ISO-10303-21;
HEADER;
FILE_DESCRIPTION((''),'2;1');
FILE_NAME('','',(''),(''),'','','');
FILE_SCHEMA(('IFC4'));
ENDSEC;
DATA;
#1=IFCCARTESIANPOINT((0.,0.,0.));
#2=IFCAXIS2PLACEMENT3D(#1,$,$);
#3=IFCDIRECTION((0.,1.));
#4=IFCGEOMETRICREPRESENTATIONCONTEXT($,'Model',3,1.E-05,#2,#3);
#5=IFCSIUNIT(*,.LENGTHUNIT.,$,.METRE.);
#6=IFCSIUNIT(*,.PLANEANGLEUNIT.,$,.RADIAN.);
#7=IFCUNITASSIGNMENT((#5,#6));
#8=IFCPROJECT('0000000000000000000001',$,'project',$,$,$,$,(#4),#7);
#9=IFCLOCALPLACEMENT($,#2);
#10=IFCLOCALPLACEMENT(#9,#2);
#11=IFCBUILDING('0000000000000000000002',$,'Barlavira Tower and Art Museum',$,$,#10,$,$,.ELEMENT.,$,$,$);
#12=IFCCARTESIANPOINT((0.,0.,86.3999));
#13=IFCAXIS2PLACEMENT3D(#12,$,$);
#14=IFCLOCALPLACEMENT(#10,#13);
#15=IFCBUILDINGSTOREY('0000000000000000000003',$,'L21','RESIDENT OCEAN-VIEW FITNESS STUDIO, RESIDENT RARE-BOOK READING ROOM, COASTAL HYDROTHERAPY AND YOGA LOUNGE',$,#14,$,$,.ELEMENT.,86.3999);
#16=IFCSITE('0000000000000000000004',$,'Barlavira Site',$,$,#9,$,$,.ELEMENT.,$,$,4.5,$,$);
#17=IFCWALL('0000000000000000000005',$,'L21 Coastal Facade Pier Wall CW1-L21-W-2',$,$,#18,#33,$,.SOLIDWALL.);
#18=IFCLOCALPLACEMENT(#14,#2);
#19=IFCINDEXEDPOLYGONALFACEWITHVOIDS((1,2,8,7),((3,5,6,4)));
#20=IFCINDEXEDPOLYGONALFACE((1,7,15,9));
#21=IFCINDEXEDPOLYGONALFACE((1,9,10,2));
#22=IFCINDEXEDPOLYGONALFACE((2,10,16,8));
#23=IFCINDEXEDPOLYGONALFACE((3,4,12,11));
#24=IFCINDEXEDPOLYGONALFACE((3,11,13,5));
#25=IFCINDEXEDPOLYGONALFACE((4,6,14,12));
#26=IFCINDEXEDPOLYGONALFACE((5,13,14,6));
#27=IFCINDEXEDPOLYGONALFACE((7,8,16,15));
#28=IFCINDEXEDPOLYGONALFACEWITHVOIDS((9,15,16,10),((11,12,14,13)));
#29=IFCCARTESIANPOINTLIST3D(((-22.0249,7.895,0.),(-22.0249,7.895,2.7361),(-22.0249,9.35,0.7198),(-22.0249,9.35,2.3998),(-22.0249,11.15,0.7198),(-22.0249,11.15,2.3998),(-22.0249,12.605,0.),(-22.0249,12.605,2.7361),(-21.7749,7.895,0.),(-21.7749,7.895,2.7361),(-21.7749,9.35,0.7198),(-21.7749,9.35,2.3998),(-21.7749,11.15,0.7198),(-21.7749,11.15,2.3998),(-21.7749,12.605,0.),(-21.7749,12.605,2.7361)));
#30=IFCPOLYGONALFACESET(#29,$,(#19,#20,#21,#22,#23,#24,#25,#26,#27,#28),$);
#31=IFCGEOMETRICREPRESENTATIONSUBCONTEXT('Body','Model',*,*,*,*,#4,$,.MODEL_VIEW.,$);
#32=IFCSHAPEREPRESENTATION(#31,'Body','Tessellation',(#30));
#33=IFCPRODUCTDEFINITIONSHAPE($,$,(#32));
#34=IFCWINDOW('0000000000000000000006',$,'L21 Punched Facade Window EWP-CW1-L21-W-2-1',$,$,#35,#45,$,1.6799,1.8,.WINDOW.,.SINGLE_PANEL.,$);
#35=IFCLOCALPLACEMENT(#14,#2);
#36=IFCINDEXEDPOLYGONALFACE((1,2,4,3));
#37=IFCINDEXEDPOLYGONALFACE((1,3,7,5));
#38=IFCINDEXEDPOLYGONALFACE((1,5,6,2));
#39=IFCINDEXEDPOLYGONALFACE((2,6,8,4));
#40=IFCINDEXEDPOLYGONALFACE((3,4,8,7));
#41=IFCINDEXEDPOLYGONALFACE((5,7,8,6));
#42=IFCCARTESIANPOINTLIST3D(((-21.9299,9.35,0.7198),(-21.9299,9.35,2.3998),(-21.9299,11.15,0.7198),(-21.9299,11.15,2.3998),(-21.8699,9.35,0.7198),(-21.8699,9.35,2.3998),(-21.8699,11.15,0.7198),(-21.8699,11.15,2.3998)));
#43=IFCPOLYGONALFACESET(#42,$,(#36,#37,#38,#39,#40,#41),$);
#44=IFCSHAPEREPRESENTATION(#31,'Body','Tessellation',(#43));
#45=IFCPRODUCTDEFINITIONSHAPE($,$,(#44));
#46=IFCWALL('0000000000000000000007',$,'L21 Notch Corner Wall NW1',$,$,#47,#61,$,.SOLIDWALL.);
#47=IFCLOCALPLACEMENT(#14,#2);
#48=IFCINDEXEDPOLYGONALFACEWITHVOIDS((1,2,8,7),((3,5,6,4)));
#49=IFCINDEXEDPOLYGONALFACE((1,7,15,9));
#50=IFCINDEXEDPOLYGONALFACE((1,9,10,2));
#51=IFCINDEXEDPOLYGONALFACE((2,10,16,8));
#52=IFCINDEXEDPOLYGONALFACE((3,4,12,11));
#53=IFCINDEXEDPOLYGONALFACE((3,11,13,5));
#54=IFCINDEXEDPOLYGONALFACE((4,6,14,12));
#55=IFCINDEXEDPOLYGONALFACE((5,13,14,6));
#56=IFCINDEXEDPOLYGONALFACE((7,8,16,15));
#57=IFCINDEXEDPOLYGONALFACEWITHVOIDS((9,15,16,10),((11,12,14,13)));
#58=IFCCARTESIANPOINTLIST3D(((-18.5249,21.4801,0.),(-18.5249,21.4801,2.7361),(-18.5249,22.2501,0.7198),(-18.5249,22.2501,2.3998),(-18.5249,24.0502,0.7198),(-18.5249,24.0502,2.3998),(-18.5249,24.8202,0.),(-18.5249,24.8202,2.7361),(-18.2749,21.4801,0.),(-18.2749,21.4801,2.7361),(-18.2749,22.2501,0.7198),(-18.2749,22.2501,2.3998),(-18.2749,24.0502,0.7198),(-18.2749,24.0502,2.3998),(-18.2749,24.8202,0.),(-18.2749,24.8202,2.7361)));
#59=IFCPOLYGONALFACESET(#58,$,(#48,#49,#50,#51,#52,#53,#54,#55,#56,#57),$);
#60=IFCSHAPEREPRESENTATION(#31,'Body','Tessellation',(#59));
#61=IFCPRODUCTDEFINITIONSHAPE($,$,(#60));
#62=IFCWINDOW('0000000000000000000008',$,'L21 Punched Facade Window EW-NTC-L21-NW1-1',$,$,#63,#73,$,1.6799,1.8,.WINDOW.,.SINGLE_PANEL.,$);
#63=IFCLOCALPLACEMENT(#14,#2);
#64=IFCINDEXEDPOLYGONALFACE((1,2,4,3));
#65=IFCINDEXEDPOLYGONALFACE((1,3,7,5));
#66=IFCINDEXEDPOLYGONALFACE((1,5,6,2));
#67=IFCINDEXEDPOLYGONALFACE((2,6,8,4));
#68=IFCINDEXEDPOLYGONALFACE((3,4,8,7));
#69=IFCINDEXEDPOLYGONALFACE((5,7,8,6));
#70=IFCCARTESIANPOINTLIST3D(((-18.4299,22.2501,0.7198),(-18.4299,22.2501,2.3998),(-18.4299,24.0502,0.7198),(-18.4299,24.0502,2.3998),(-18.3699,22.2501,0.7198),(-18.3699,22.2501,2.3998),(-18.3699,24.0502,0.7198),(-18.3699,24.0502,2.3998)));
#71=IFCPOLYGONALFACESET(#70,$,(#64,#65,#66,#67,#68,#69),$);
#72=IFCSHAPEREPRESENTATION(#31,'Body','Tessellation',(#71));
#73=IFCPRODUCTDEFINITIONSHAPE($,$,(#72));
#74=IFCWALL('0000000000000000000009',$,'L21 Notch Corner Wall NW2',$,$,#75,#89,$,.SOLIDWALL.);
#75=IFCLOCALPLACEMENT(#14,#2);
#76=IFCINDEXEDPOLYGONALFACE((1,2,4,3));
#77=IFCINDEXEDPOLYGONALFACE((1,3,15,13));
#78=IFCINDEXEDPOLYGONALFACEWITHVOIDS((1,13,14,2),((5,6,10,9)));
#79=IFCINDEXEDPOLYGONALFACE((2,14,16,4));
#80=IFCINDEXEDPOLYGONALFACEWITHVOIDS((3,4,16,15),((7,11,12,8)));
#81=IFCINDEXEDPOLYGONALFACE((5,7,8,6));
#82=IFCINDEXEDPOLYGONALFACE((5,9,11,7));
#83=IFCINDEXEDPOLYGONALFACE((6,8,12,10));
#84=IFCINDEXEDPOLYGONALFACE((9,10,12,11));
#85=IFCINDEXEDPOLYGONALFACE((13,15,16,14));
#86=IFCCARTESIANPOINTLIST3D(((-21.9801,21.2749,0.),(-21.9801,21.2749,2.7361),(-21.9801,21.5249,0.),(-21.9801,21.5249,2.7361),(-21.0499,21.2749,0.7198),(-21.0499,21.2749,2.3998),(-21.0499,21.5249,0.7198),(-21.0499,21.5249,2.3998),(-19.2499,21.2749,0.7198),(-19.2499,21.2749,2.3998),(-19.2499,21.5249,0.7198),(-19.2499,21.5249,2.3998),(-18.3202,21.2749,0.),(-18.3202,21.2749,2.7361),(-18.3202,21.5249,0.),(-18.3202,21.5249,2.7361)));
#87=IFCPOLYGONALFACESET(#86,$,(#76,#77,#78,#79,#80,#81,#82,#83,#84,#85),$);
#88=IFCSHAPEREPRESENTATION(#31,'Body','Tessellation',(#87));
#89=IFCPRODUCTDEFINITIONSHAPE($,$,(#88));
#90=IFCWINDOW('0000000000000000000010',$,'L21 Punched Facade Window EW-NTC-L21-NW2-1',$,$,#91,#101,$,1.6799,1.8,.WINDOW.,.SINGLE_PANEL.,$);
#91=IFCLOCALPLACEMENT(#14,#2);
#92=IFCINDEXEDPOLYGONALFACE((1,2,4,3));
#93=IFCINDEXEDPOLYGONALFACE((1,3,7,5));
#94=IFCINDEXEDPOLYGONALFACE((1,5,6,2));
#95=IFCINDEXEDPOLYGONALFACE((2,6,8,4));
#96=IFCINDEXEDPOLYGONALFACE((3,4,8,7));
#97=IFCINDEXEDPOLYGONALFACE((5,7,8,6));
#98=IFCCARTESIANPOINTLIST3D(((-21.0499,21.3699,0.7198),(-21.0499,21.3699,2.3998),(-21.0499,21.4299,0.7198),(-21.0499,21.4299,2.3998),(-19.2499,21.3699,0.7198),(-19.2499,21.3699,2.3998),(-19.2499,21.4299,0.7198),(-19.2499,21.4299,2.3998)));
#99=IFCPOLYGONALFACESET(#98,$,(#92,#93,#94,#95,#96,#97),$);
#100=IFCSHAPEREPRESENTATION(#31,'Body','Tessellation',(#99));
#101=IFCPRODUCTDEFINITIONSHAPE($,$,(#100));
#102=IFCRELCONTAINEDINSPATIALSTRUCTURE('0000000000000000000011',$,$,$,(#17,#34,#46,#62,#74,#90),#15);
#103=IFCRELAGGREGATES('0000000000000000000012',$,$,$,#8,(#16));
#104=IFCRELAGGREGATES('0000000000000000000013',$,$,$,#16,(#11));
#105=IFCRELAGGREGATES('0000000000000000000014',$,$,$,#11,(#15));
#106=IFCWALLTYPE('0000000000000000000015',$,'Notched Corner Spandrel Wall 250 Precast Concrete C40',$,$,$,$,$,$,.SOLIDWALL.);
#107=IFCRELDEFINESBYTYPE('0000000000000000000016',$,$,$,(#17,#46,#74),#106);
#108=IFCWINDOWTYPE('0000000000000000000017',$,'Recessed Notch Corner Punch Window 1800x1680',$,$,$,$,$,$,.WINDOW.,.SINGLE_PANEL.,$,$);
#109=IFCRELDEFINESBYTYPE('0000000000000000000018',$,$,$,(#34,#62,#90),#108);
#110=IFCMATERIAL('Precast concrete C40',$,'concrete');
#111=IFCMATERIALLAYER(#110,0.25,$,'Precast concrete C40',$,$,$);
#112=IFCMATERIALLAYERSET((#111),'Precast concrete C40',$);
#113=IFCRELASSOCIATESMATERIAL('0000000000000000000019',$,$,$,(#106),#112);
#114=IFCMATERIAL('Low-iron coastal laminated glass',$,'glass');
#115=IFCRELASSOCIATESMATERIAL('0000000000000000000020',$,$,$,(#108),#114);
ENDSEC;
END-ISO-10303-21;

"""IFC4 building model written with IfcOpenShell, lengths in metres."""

from ifc_helpers import new_model, si_unit, direction, frame, frame_2d, origin, place, context, subcontext, project, spatial, rectangle, extrude, material, layer, layer_set, type_object, element, fill, save


model = new_model("IFC4")

# Units and contexts
model_context = context("Model", 3, precision=1e-05, world=origin(), true_north=direction((0.0, 1.0)))
body_context = subcontext(model_context, "Body", "Model", "MODEL_VIEW")
ifc_project = project(units=[si_unit("LENGTHUNIT", "METRE"), si_unit("PLANEANGLEUNIT", "RADIAN")], contexts=[model_context])

# Site, building, storey
site_placement = place(None, origin())
site = spatial("IfcSite", under=ifc_project, at=site_placement, Name="Barlavira Site", CompositionType="ELEMENT", RefElevation=4.5)
building_placement = place(site_placement, origin())
building = spatial("IfcBuilding", under=site, at=building_placement, Name="Barlavira Tower and Art Museum", CompositionType="ELEMENT")
storey_placement = place(building_placement, frame((0.0, 0.0, 86.3999)))
storey = spatial("IfcBuildingStorey", under=building, at=storey_placement, Name="L21", Description="RESIDENT OCEAN-VIEW FITNESS STUDIO, RESIDENT RARE-BOOK READING ROOM, COASTAL HYDROTHERAPY AND YOGA LOUNGE", CompositionType="ELEMENT", Elevation=86.3999)

# Shared definitions
ifc_material_1 = material(Name="Precast concrete C40", Category="concrete")
ifc_layer_1 = layer(ifc_material_1, 0.25, Name="Precast concrete C40")
ifc_layer_set_1 = layer_set([ifc_layer_1], Name="Precast concrete C40")
wall_type_1 = type_object("IfcWallType", Name="Notched Corner Spandrel Wall 250 Precast Concrete C40", PredefinedType="SOLIDWALL", material=ifc_layer_set_1)
ifc_material_2 = material(Name="Low-iron coastal laminated glass", Category="glass")
window_type = type_object("IfcWindowType", Name="Recessed Notch Corner Punch Window 1800x1680", PartitioningType="SINGLE_PANEL", PredefinedType="WINDOW", material=ifc_material_2)

# Walls, openings, windows
wall_1_placement = place(storey_placement, frame((-21.8999, 12.605, 0.0), z_axis=(0.0, 0.0, 1.0), x_axis=(0.0, -1.0, 0.0)))
wall_1 = element("IfcWall", 1, at=wall_1_placement, inside=storey, type_object=wall_type_1, Name="L21 Coastal Facade Pier Wall CW1-L21-W-2", PredefinedType="SOLIDWALL", context=body_context, shape_type="SweptSolid", body=[
    extrude(rectangle(XDim=4.71, YDim=0.25, at=frame_2d((2.355, 0.0))), origin(), (0.0, 0.0, 1.0), 2.7361),
])
opening_1_placement = place(wall_1_placement, frame((1.4551, 0.0, 0.72)))
opening_1 = element("IfcOpeningElement", 2, at=opening_1_placement, cuts=wall_1, PredefinedType="OPENING", context=body_context, shape_type="SweptSolid", body=[
    extrude(rectangle(XDim=1.8, YDim=1.6799, at=frame_2d((0.8999, 0.8398))), frame((0.0, 0.135, 0.0), z_axis=(0.0, -1.0, 0.0), x_axis=(1.0, 0.0, 0.0)), (0.0, 0.0, 1.0), 0.27),
])
window_1_placement = place(opening_1_placement, origin())
window_1 = element("IfcWindow", 3, at=window_1_placement, inside=storey, type_object=window_type, Name="L21 Punched Facade Window EWP-CW1-L21-W-2-1", OverallHeight=1.6799, OverallWidth=1.8, PartitioningType="SINGLE_PANEL", PredefinedType="WINDOW", context=body_context, shape_type="SweptSolid", body=[
    extrude(rectangle(XDim=1.8, YDim=1.6799, at=frame_2d((0.8999, 0.8398))), frame((0.0, 0.03, 0.0), z_axis=(0.0, -1.0, 0.0), x_axis=(1.0, 0.0, 0.0)), (0.0, 0.0, 1.0), 0.0601),
])
fill(opening_1, window_1)
wall_2_placement = place(storey_placement, frame((-18.3999, 24.8201, 0.0), z_axis=(0.0, 0.0, 1.0), x_axis=(0.0, -1.0, 0.0)))
wall_2 = element("IfcWall", 4, at=wall_2_placement, inside=storey, type_object=wall_type_1, Name="L21 Notch Corner Wall NW1", PredefinedType="SOLIDWALL", context=body_context, shape_type="SweptSolid", body=[
    extrude(rectangle(XDim=3.3401, YDim=0.25, at=frame_2d((1.6699, 0.0))), origin(), (0.0, 0.0, 1.0), 2.7361),
])
opening_2_placement = place(wall_2_placement, frame((0.77, 0.0, 0.72)))
opening_2 = element("IfcOpeningElement", 5, at=opening_2_placement, cuts=wall_2, PredefinedType="OPENING", context=body_context, shape_type="SweptSolid", body=[
    extrude(rectangle(XDim=1.8, YDim=1.6799, at=frame_2d((0.8999, 0.8398))), frame((0.0, 0.135, 0.0), z_axis=(0.0, -1.0, 0.0), x_axis=(1.0, 0.0, 0.0)), (0.0, 0.0, 1.0), 0.27),
])
window_2_placement = place(opening_2_placement, origin())
window_2 = element("IfcWindow", 6, at=window_2_placement, inside=storey, type_object=window_type, Name="L21 Punched Facade Window EW-NTC-L21-NW1-1", OverallHeight=1.6799, OverallWidth=1.8, PartitioningType="SINGLE_PANEL", PredefinedType="WINDOW", context=body_context, shape_type="SweptSolid", body=[
    extrude(rectangle(XDim=1.8, YDim=1.6799, at=frame_2d((0.8999, 0.8398))), frame((0.0, 0.03, 0.0), z_axis=(0.0, -1.0, 0.0), x_axis=(1.0, 0.0, 0.0)), (0.0, 0.0, 1.0), 0.0601),
])
fill(opening_2, window_2)
wall_3_placement = place(storey_placement, frame((-18.3201, 21.3999, 0.0), z_axis=(0.0, 0.0, 1.0), x_axis=(-1.0, 0.0, 0.0)))
wall_3 = element("IfcWall", 7, at=wall_3_placement, inside=storey, type_object=wall_type_1, Name="L21 Notch Corner Wall NW2", PredefinedType="SOLIDWALL", context=body_context, shape_type="SweptSolid", body=[
    extrude(rectangle(XDim=3.6599, YDim=0.25, at=frame_2d((1.8301, 0.0))), origin(), (0.0, 0.0, 1.0), 2.7361),
])
opening_3_placement = place(wall_3_placement, frame((0.9299, 0.0, 0.72)))
opening_3 = element("IfcOpeningElement", 8, at=opening_3_placement, cuts=wall_3, PredefinedType="OPENING", context=body_context, shape_type="SweptSolid", body=[
    extrude(rectangle(XDim=1.8, YDim=1.6799, at=frame_2d((0.8999, 0.8398))), frame((0.0, 0.135, 0.0), z_axis=(0.0, -1.0, 0.0), x_axis=(1.0, 0.0, 0.0)), (0.0, 0.0, 1.0), 0.27),
])
window_3_placement = place(opening_3_placement, origin())
window_3 = element("IfcWindow", 9, at=window_3_placement, inside=storey, type_object=window_type, Name="L21 Punched Facade Window EW-NTC-L21-NW2-1", OverallHeight=1.6799, OverallWidth=1.8, PartitioningType="SINGLE_PANEL", PredefinedType="WINDOW", context=body_context, shape_type="SweptSolid", body=[
    extrude(rectangle(XDim=1.8, YDim=1.6799, at=frame_2d((0.8999, 0.8398))), frame((0.0, 0.03, 0.0), z_axis=(0.0, -1.0, 0.0), x_axis=(1.0, 0.0, 0.0)), (0.0, 0.0, 1.0), 0.0601),
])
fill(opening_3, window_3)

save(model, "model.ifc")
